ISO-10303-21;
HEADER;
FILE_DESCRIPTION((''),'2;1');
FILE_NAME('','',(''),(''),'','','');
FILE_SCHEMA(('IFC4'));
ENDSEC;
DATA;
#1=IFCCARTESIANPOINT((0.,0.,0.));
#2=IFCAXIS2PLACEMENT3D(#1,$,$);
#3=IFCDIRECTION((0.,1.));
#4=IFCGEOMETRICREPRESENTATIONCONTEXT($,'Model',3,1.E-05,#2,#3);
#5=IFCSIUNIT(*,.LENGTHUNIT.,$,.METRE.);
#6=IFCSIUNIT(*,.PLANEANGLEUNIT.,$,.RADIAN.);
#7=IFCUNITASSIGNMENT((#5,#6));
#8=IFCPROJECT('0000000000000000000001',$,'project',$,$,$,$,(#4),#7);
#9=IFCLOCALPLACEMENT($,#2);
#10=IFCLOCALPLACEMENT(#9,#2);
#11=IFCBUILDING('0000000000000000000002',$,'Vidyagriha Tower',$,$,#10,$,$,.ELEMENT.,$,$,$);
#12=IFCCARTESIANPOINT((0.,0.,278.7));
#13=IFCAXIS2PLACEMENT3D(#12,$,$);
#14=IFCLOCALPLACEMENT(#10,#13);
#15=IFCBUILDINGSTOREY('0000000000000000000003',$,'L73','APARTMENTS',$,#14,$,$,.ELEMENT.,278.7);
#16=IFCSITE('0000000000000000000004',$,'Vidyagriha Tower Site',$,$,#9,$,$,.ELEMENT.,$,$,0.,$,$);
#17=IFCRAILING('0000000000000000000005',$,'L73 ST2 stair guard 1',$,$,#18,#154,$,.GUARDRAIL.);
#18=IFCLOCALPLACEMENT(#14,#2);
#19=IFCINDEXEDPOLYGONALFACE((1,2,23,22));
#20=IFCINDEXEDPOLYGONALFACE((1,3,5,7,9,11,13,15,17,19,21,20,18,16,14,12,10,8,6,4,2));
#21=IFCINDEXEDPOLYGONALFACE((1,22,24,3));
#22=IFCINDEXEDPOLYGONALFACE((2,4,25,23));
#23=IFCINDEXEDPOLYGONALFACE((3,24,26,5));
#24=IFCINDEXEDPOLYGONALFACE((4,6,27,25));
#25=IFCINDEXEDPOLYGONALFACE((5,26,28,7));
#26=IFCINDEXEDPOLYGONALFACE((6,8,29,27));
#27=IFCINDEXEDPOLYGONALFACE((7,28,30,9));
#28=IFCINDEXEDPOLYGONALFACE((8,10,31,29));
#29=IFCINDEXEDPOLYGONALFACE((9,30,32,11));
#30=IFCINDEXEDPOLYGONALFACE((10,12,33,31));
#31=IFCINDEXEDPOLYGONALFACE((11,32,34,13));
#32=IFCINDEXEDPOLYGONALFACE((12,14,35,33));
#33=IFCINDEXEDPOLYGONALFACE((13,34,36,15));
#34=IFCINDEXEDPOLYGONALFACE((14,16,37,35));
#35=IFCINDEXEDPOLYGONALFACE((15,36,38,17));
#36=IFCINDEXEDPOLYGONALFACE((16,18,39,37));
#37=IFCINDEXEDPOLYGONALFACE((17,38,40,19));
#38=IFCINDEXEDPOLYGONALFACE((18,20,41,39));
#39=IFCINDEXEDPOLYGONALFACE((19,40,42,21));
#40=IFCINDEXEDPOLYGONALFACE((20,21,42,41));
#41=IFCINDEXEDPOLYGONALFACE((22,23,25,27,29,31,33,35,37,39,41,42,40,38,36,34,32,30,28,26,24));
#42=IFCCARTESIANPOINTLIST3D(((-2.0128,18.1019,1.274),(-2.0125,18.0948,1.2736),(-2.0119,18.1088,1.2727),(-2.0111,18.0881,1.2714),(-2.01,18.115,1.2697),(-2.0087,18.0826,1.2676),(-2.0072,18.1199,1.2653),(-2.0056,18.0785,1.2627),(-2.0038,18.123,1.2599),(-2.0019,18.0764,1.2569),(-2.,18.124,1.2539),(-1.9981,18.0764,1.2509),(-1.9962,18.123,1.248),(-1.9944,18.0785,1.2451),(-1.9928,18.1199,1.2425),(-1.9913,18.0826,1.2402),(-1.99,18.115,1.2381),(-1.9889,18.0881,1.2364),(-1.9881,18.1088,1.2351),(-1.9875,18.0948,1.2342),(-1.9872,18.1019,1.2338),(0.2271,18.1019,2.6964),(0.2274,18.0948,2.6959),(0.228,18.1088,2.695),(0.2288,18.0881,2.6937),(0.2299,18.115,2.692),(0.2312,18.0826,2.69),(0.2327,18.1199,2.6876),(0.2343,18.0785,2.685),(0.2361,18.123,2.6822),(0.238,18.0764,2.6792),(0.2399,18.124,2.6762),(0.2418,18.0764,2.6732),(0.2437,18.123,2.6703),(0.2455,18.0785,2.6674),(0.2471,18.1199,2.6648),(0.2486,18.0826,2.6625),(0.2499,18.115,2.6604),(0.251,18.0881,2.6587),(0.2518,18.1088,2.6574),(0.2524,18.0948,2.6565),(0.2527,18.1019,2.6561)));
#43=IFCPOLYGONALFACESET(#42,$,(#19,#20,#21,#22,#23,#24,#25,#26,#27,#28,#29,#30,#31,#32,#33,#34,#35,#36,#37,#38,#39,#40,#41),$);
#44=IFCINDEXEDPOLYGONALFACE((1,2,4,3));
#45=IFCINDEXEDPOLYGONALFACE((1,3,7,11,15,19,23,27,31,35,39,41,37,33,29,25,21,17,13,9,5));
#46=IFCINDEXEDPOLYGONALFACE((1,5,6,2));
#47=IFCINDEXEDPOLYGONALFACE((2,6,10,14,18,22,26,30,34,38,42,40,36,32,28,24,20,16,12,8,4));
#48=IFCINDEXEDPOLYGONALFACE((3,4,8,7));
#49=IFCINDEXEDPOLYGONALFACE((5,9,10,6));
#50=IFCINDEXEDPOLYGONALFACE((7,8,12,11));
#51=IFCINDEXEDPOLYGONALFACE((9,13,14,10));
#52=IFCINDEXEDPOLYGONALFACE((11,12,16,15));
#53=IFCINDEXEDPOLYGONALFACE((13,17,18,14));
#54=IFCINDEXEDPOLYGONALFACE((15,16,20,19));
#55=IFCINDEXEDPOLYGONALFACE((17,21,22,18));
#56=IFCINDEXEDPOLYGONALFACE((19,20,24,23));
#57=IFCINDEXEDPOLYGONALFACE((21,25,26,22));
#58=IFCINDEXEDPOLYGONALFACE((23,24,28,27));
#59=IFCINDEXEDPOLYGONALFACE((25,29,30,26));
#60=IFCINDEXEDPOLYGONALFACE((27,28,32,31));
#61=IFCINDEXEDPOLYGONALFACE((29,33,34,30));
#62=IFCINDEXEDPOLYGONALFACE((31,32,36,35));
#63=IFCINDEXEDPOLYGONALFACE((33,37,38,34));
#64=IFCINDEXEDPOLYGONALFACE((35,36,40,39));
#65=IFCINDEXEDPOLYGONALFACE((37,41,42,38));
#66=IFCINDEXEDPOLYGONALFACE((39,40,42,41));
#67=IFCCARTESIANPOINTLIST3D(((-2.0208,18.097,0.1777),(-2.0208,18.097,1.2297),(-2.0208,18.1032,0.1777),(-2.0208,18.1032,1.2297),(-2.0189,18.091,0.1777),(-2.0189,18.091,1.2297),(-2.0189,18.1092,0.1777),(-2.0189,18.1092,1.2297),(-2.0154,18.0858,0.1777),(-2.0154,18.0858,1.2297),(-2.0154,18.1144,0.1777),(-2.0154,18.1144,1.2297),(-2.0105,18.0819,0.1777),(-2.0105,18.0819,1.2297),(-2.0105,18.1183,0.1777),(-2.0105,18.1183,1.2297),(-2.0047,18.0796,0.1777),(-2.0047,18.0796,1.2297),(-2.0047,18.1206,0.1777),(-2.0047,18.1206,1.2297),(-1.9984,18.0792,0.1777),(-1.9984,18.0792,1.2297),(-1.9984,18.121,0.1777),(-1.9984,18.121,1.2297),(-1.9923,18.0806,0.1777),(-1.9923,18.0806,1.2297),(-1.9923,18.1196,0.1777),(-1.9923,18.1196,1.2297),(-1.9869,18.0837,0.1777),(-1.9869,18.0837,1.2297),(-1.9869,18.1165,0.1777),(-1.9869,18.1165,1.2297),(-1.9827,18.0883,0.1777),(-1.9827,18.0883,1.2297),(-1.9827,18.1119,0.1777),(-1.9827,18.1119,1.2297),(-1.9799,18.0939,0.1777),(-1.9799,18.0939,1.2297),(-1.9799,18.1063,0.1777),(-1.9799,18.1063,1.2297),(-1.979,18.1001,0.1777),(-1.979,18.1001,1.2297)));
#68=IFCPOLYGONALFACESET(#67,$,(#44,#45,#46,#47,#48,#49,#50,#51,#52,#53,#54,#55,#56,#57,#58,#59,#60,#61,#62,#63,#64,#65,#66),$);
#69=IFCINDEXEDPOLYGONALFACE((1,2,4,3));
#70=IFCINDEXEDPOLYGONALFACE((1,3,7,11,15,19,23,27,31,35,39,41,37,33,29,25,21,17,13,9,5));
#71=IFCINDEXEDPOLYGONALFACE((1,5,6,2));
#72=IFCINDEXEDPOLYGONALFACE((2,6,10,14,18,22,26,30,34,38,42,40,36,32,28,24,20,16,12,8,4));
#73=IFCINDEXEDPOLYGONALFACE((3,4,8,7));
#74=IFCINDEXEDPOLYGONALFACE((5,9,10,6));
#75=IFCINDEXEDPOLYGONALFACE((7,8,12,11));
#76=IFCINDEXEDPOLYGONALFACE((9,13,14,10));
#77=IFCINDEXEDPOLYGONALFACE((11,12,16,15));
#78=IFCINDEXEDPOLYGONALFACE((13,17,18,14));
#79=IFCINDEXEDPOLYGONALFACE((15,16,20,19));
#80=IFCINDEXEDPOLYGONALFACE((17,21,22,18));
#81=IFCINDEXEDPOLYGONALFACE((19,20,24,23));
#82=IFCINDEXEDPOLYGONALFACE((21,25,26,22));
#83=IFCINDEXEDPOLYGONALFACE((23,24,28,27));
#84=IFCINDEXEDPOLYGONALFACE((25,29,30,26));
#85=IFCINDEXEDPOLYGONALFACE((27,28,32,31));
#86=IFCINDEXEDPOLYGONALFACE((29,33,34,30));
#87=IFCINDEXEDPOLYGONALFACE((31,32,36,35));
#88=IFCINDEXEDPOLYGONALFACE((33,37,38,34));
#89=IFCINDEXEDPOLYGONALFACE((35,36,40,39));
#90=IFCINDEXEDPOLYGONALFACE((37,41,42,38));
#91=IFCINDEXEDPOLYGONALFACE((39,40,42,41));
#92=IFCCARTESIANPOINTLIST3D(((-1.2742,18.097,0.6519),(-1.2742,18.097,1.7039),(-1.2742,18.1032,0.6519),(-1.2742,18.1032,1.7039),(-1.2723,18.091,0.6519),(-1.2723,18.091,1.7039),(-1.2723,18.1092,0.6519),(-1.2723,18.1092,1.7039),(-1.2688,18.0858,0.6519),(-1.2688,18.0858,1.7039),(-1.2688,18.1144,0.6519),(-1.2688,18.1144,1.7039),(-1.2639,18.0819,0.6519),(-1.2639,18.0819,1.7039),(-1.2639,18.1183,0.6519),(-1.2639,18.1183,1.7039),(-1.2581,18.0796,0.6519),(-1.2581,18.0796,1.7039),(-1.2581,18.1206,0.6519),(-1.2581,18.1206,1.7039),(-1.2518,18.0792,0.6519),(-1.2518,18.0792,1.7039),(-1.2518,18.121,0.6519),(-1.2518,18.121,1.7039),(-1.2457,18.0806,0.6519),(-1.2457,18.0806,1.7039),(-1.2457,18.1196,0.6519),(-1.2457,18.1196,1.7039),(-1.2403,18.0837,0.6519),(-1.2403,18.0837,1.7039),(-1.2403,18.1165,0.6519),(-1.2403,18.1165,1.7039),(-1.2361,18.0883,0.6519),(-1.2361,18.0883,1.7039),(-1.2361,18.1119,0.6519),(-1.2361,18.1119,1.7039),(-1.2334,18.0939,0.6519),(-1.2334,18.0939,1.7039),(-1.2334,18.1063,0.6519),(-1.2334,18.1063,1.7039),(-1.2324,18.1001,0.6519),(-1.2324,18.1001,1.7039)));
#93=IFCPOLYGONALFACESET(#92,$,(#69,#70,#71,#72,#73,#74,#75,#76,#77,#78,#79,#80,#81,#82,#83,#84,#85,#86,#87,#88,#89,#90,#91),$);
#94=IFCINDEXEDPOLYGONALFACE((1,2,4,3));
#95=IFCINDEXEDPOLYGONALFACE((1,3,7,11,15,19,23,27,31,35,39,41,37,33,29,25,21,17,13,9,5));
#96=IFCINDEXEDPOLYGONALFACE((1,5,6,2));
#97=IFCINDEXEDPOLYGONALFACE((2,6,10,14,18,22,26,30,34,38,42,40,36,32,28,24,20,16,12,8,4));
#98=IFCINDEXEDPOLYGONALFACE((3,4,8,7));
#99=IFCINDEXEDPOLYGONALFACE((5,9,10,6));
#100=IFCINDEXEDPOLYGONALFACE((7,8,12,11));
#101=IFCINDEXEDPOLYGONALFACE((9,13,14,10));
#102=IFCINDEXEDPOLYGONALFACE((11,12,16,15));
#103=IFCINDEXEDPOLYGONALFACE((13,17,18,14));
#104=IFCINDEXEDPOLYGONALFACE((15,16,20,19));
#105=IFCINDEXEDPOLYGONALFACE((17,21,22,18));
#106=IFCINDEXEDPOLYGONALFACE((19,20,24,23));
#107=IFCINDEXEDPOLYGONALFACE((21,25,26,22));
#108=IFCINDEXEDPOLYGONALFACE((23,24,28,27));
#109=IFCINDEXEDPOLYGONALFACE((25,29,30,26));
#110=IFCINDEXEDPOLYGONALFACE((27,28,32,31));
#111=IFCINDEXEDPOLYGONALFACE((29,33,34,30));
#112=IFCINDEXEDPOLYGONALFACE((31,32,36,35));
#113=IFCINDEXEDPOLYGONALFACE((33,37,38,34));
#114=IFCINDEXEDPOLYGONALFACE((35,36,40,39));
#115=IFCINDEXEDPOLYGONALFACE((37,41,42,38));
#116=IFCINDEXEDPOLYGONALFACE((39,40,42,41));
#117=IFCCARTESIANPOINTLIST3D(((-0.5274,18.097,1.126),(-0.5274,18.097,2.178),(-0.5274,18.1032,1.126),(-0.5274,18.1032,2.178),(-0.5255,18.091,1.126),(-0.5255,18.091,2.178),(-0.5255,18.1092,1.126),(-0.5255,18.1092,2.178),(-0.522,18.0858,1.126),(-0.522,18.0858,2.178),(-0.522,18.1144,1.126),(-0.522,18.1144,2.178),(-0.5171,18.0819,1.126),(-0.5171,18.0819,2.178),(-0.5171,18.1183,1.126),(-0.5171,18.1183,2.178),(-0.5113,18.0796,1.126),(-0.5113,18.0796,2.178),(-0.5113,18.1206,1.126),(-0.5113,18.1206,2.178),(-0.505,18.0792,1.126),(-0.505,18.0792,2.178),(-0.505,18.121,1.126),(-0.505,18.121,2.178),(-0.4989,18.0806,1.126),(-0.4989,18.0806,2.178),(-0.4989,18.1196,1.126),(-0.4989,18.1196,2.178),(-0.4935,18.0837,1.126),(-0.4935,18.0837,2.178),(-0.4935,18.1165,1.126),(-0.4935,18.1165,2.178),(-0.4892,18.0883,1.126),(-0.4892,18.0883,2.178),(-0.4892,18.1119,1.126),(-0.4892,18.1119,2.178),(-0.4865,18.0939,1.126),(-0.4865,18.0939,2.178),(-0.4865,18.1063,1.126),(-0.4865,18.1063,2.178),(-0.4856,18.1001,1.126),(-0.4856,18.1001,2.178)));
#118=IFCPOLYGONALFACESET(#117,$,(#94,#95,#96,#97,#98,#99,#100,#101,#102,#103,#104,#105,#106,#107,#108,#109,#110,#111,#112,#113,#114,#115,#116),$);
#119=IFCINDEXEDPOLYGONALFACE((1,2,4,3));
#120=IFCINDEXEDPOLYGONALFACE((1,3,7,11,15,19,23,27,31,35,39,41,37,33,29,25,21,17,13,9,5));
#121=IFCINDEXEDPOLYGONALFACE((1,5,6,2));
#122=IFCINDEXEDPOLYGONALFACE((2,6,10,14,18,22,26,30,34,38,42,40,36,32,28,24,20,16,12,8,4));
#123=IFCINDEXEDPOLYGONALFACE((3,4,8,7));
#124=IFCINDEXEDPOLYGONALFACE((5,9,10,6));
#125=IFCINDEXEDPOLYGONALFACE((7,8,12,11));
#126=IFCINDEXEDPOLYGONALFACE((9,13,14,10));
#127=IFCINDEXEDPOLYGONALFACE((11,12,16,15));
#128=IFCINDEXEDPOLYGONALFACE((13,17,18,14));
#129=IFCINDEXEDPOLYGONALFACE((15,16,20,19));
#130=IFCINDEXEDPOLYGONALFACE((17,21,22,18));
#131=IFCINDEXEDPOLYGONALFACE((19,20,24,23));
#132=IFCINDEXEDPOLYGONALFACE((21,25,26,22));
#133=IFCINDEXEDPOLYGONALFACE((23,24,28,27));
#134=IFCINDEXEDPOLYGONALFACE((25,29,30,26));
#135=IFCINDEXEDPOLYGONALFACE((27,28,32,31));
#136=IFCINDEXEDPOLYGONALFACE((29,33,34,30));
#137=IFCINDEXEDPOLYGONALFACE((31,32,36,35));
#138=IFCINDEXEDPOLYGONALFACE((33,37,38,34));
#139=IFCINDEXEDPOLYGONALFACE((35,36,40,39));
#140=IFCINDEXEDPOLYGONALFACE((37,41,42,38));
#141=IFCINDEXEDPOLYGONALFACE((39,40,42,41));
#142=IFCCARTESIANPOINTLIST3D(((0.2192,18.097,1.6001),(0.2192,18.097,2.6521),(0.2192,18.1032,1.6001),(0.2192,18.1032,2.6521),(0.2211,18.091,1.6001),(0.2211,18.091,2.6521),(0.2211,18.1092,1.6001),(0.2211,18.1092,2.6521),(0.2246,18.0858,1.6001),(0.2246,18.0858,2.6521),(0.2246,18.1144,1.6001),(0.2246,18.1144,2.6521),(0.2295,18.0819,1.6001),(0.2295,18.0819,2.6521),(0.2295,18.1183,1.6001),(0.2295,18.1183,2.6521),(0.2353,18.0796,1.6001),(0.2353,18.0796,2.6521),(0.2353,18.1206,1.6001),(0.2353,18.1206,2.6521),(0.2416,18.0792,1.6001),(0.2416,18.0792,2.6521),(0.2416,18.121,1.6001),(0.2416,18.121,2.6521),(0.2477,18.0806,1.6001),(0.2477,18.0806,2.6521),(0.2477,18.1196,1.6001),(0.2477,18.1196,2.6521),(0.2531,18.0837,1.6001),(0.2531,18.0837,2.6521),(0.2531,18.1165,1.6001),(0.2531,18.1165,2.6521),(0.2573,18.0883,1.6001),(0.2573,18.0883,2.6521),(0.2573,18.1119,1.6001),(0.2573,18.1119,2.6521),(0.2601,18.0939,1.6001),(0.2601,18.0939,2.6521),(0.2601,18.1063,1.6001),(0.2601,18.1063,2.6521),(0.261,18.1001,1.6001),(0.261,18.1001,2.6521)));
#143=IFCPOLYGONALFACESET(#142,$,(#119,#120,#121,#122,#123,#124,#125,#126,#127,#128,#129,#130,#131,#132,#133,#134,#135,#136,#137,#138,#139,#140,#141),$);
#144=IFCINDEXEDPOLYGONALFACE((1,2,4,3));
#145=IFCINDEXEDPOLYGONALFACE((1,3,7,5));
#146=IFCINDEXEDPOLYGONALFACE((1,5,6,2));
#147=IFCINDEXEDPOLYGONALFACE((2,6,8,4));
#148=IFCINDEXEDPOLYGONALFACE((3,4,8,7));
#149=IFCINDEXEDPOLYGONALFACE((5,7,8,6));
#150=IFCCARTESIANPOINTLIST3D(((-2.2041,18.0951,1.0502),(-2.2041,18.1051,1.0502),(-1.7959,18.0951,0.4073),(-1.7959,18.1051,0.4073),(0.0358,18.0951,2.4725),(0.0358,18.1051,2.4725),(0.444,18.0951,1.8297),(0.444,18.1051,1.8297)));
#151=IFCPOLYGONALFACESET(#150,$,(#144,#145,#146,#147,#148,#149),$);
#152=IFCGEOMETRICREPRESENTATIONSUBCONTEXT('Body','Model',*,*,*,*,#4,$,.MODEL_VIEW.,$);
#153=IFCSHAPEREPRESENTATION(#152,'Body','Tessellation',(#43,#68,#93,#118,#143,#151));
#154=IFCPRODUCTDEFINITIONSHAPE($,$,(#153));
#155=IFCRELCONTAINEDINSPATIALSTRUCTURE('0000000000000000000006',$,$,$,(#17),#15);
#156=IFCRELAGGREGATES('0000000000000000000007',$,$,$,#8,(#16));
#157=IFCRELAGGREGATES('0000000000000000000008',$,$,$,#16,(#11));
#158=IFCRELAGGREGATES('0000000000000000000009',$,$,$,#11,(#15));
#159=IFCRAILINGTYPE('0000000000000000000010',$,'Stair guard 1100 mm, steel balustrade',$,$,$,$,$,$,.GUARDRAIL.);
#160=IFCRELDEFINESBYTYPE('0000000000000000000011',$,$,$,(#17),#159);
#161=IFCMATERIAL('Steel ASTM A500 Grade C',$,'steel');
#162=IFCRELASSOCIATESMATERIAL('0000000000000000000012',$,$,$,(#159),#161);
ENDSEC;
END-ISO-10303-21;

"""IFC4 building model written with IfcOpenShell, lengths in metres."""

from ifc_helpers import new_model, si_unit, direction, frame, origin, origin_2d, place, context, subcontext, project, spatial, rectangle, circle, extrude, material, type_object, element, save


model = new_model("IFC4")

# Units and contexts
model_context = context("Model", 3, precision=1e-05, world=origin(), true_north=direction((0.0, 1.0)))
body_context = subcontext(model_context, "Body", "Model", "MODEL_VIEW")
ifc_project = project(units=[si_unit("LENGTHUNIT", "METRE"), si_unit("PLANEANGLEUNIT", "RADIAN")], contexts=[model_context])

# Site, building, storey
site_placement = place(None, origin())
site = spatial("IfcSite", under=ifc_project, at=site_placement, Name="Vidyagriha Tower Site", CompositionType="ELEMENT", RefElevation=0.0)
building_placement = place(site_placement, origin())
building = spatial("IfcBuilding", under=site, at=building_placement, Name="Vidyagriha Tower", CompositionType="ELEMENT")
storey_placement = place(building_placement, frame((0.0, 0.0, 278.7)))
storey = spatial("IfcBuildingStorey", under=building, at=storey_placement, Name="L73", Description="APARTMENTS", CompositionType="ELEMENT", Elevation=278.7)

# Railing
ifc_material_1 = material(Name="Steel ASTM A500 Grade C", Category="steel")
railing_type_1 = type_object("IfcRailingType", Name="Stair guard 1100 mm, steel balustrade", PredefinedType="GUARDRAIL", material=ifc_material_1)
railing_1_placement = place(storey_placement, frame((-2.0, 18.1001, 0.1777)))
element("IfcRailing", 1, at=railing_1_placement, inside=storey, type_object=railing_type_1, Name="L73 ST2 stair guard 1", PredefinedType="GUARDRAIL", context=body_context, shape_type="SweptSolid", body=[
    extrude(circle(Radius=0.0239, at=origin_2d()), frame((0.0, 0.0, 1.0762), z_axis=(0.844188, 0.0, 0.536048), x_axis=(0.0, 1.0, 0.0)), (0.0, 0.0, 1.0), 2.6533),
    extrude(circle(Radius=0.021, at=origin_2d()), origin(), (0.0, 0.0, 1.0), 1.052),
    extrude(circle(Radius=0.021, at=origin_2d()), frame((0.7466, 0.0, 0.4741)), (0.0, 0.0, 1.0), 1.052),
    extrude(circle(Radius=0.021, at=origin_2d()), frame((1.4934, 0.0, 0.9482)), (0.0, 0.0, 1.0), 1.052),
    extrude(circle(Radius=0.021, at=origin_2d()), frame((2.24, 0.0, 1.4224)), (0.0, 0.0, 1.0), 1.052),
    extrude(rectangle(XDim=0.01, YDim=0.7615, at=origin_2d()), frame((0.0, 0.0, 0.551), z_axis=(0.844188, 0.0, 0.536048), x_axis=(0.0, 1.0, 0.0)), (0.0, 0.0, 1.0), 2.6533),
])

save(model, "model.ifc")
